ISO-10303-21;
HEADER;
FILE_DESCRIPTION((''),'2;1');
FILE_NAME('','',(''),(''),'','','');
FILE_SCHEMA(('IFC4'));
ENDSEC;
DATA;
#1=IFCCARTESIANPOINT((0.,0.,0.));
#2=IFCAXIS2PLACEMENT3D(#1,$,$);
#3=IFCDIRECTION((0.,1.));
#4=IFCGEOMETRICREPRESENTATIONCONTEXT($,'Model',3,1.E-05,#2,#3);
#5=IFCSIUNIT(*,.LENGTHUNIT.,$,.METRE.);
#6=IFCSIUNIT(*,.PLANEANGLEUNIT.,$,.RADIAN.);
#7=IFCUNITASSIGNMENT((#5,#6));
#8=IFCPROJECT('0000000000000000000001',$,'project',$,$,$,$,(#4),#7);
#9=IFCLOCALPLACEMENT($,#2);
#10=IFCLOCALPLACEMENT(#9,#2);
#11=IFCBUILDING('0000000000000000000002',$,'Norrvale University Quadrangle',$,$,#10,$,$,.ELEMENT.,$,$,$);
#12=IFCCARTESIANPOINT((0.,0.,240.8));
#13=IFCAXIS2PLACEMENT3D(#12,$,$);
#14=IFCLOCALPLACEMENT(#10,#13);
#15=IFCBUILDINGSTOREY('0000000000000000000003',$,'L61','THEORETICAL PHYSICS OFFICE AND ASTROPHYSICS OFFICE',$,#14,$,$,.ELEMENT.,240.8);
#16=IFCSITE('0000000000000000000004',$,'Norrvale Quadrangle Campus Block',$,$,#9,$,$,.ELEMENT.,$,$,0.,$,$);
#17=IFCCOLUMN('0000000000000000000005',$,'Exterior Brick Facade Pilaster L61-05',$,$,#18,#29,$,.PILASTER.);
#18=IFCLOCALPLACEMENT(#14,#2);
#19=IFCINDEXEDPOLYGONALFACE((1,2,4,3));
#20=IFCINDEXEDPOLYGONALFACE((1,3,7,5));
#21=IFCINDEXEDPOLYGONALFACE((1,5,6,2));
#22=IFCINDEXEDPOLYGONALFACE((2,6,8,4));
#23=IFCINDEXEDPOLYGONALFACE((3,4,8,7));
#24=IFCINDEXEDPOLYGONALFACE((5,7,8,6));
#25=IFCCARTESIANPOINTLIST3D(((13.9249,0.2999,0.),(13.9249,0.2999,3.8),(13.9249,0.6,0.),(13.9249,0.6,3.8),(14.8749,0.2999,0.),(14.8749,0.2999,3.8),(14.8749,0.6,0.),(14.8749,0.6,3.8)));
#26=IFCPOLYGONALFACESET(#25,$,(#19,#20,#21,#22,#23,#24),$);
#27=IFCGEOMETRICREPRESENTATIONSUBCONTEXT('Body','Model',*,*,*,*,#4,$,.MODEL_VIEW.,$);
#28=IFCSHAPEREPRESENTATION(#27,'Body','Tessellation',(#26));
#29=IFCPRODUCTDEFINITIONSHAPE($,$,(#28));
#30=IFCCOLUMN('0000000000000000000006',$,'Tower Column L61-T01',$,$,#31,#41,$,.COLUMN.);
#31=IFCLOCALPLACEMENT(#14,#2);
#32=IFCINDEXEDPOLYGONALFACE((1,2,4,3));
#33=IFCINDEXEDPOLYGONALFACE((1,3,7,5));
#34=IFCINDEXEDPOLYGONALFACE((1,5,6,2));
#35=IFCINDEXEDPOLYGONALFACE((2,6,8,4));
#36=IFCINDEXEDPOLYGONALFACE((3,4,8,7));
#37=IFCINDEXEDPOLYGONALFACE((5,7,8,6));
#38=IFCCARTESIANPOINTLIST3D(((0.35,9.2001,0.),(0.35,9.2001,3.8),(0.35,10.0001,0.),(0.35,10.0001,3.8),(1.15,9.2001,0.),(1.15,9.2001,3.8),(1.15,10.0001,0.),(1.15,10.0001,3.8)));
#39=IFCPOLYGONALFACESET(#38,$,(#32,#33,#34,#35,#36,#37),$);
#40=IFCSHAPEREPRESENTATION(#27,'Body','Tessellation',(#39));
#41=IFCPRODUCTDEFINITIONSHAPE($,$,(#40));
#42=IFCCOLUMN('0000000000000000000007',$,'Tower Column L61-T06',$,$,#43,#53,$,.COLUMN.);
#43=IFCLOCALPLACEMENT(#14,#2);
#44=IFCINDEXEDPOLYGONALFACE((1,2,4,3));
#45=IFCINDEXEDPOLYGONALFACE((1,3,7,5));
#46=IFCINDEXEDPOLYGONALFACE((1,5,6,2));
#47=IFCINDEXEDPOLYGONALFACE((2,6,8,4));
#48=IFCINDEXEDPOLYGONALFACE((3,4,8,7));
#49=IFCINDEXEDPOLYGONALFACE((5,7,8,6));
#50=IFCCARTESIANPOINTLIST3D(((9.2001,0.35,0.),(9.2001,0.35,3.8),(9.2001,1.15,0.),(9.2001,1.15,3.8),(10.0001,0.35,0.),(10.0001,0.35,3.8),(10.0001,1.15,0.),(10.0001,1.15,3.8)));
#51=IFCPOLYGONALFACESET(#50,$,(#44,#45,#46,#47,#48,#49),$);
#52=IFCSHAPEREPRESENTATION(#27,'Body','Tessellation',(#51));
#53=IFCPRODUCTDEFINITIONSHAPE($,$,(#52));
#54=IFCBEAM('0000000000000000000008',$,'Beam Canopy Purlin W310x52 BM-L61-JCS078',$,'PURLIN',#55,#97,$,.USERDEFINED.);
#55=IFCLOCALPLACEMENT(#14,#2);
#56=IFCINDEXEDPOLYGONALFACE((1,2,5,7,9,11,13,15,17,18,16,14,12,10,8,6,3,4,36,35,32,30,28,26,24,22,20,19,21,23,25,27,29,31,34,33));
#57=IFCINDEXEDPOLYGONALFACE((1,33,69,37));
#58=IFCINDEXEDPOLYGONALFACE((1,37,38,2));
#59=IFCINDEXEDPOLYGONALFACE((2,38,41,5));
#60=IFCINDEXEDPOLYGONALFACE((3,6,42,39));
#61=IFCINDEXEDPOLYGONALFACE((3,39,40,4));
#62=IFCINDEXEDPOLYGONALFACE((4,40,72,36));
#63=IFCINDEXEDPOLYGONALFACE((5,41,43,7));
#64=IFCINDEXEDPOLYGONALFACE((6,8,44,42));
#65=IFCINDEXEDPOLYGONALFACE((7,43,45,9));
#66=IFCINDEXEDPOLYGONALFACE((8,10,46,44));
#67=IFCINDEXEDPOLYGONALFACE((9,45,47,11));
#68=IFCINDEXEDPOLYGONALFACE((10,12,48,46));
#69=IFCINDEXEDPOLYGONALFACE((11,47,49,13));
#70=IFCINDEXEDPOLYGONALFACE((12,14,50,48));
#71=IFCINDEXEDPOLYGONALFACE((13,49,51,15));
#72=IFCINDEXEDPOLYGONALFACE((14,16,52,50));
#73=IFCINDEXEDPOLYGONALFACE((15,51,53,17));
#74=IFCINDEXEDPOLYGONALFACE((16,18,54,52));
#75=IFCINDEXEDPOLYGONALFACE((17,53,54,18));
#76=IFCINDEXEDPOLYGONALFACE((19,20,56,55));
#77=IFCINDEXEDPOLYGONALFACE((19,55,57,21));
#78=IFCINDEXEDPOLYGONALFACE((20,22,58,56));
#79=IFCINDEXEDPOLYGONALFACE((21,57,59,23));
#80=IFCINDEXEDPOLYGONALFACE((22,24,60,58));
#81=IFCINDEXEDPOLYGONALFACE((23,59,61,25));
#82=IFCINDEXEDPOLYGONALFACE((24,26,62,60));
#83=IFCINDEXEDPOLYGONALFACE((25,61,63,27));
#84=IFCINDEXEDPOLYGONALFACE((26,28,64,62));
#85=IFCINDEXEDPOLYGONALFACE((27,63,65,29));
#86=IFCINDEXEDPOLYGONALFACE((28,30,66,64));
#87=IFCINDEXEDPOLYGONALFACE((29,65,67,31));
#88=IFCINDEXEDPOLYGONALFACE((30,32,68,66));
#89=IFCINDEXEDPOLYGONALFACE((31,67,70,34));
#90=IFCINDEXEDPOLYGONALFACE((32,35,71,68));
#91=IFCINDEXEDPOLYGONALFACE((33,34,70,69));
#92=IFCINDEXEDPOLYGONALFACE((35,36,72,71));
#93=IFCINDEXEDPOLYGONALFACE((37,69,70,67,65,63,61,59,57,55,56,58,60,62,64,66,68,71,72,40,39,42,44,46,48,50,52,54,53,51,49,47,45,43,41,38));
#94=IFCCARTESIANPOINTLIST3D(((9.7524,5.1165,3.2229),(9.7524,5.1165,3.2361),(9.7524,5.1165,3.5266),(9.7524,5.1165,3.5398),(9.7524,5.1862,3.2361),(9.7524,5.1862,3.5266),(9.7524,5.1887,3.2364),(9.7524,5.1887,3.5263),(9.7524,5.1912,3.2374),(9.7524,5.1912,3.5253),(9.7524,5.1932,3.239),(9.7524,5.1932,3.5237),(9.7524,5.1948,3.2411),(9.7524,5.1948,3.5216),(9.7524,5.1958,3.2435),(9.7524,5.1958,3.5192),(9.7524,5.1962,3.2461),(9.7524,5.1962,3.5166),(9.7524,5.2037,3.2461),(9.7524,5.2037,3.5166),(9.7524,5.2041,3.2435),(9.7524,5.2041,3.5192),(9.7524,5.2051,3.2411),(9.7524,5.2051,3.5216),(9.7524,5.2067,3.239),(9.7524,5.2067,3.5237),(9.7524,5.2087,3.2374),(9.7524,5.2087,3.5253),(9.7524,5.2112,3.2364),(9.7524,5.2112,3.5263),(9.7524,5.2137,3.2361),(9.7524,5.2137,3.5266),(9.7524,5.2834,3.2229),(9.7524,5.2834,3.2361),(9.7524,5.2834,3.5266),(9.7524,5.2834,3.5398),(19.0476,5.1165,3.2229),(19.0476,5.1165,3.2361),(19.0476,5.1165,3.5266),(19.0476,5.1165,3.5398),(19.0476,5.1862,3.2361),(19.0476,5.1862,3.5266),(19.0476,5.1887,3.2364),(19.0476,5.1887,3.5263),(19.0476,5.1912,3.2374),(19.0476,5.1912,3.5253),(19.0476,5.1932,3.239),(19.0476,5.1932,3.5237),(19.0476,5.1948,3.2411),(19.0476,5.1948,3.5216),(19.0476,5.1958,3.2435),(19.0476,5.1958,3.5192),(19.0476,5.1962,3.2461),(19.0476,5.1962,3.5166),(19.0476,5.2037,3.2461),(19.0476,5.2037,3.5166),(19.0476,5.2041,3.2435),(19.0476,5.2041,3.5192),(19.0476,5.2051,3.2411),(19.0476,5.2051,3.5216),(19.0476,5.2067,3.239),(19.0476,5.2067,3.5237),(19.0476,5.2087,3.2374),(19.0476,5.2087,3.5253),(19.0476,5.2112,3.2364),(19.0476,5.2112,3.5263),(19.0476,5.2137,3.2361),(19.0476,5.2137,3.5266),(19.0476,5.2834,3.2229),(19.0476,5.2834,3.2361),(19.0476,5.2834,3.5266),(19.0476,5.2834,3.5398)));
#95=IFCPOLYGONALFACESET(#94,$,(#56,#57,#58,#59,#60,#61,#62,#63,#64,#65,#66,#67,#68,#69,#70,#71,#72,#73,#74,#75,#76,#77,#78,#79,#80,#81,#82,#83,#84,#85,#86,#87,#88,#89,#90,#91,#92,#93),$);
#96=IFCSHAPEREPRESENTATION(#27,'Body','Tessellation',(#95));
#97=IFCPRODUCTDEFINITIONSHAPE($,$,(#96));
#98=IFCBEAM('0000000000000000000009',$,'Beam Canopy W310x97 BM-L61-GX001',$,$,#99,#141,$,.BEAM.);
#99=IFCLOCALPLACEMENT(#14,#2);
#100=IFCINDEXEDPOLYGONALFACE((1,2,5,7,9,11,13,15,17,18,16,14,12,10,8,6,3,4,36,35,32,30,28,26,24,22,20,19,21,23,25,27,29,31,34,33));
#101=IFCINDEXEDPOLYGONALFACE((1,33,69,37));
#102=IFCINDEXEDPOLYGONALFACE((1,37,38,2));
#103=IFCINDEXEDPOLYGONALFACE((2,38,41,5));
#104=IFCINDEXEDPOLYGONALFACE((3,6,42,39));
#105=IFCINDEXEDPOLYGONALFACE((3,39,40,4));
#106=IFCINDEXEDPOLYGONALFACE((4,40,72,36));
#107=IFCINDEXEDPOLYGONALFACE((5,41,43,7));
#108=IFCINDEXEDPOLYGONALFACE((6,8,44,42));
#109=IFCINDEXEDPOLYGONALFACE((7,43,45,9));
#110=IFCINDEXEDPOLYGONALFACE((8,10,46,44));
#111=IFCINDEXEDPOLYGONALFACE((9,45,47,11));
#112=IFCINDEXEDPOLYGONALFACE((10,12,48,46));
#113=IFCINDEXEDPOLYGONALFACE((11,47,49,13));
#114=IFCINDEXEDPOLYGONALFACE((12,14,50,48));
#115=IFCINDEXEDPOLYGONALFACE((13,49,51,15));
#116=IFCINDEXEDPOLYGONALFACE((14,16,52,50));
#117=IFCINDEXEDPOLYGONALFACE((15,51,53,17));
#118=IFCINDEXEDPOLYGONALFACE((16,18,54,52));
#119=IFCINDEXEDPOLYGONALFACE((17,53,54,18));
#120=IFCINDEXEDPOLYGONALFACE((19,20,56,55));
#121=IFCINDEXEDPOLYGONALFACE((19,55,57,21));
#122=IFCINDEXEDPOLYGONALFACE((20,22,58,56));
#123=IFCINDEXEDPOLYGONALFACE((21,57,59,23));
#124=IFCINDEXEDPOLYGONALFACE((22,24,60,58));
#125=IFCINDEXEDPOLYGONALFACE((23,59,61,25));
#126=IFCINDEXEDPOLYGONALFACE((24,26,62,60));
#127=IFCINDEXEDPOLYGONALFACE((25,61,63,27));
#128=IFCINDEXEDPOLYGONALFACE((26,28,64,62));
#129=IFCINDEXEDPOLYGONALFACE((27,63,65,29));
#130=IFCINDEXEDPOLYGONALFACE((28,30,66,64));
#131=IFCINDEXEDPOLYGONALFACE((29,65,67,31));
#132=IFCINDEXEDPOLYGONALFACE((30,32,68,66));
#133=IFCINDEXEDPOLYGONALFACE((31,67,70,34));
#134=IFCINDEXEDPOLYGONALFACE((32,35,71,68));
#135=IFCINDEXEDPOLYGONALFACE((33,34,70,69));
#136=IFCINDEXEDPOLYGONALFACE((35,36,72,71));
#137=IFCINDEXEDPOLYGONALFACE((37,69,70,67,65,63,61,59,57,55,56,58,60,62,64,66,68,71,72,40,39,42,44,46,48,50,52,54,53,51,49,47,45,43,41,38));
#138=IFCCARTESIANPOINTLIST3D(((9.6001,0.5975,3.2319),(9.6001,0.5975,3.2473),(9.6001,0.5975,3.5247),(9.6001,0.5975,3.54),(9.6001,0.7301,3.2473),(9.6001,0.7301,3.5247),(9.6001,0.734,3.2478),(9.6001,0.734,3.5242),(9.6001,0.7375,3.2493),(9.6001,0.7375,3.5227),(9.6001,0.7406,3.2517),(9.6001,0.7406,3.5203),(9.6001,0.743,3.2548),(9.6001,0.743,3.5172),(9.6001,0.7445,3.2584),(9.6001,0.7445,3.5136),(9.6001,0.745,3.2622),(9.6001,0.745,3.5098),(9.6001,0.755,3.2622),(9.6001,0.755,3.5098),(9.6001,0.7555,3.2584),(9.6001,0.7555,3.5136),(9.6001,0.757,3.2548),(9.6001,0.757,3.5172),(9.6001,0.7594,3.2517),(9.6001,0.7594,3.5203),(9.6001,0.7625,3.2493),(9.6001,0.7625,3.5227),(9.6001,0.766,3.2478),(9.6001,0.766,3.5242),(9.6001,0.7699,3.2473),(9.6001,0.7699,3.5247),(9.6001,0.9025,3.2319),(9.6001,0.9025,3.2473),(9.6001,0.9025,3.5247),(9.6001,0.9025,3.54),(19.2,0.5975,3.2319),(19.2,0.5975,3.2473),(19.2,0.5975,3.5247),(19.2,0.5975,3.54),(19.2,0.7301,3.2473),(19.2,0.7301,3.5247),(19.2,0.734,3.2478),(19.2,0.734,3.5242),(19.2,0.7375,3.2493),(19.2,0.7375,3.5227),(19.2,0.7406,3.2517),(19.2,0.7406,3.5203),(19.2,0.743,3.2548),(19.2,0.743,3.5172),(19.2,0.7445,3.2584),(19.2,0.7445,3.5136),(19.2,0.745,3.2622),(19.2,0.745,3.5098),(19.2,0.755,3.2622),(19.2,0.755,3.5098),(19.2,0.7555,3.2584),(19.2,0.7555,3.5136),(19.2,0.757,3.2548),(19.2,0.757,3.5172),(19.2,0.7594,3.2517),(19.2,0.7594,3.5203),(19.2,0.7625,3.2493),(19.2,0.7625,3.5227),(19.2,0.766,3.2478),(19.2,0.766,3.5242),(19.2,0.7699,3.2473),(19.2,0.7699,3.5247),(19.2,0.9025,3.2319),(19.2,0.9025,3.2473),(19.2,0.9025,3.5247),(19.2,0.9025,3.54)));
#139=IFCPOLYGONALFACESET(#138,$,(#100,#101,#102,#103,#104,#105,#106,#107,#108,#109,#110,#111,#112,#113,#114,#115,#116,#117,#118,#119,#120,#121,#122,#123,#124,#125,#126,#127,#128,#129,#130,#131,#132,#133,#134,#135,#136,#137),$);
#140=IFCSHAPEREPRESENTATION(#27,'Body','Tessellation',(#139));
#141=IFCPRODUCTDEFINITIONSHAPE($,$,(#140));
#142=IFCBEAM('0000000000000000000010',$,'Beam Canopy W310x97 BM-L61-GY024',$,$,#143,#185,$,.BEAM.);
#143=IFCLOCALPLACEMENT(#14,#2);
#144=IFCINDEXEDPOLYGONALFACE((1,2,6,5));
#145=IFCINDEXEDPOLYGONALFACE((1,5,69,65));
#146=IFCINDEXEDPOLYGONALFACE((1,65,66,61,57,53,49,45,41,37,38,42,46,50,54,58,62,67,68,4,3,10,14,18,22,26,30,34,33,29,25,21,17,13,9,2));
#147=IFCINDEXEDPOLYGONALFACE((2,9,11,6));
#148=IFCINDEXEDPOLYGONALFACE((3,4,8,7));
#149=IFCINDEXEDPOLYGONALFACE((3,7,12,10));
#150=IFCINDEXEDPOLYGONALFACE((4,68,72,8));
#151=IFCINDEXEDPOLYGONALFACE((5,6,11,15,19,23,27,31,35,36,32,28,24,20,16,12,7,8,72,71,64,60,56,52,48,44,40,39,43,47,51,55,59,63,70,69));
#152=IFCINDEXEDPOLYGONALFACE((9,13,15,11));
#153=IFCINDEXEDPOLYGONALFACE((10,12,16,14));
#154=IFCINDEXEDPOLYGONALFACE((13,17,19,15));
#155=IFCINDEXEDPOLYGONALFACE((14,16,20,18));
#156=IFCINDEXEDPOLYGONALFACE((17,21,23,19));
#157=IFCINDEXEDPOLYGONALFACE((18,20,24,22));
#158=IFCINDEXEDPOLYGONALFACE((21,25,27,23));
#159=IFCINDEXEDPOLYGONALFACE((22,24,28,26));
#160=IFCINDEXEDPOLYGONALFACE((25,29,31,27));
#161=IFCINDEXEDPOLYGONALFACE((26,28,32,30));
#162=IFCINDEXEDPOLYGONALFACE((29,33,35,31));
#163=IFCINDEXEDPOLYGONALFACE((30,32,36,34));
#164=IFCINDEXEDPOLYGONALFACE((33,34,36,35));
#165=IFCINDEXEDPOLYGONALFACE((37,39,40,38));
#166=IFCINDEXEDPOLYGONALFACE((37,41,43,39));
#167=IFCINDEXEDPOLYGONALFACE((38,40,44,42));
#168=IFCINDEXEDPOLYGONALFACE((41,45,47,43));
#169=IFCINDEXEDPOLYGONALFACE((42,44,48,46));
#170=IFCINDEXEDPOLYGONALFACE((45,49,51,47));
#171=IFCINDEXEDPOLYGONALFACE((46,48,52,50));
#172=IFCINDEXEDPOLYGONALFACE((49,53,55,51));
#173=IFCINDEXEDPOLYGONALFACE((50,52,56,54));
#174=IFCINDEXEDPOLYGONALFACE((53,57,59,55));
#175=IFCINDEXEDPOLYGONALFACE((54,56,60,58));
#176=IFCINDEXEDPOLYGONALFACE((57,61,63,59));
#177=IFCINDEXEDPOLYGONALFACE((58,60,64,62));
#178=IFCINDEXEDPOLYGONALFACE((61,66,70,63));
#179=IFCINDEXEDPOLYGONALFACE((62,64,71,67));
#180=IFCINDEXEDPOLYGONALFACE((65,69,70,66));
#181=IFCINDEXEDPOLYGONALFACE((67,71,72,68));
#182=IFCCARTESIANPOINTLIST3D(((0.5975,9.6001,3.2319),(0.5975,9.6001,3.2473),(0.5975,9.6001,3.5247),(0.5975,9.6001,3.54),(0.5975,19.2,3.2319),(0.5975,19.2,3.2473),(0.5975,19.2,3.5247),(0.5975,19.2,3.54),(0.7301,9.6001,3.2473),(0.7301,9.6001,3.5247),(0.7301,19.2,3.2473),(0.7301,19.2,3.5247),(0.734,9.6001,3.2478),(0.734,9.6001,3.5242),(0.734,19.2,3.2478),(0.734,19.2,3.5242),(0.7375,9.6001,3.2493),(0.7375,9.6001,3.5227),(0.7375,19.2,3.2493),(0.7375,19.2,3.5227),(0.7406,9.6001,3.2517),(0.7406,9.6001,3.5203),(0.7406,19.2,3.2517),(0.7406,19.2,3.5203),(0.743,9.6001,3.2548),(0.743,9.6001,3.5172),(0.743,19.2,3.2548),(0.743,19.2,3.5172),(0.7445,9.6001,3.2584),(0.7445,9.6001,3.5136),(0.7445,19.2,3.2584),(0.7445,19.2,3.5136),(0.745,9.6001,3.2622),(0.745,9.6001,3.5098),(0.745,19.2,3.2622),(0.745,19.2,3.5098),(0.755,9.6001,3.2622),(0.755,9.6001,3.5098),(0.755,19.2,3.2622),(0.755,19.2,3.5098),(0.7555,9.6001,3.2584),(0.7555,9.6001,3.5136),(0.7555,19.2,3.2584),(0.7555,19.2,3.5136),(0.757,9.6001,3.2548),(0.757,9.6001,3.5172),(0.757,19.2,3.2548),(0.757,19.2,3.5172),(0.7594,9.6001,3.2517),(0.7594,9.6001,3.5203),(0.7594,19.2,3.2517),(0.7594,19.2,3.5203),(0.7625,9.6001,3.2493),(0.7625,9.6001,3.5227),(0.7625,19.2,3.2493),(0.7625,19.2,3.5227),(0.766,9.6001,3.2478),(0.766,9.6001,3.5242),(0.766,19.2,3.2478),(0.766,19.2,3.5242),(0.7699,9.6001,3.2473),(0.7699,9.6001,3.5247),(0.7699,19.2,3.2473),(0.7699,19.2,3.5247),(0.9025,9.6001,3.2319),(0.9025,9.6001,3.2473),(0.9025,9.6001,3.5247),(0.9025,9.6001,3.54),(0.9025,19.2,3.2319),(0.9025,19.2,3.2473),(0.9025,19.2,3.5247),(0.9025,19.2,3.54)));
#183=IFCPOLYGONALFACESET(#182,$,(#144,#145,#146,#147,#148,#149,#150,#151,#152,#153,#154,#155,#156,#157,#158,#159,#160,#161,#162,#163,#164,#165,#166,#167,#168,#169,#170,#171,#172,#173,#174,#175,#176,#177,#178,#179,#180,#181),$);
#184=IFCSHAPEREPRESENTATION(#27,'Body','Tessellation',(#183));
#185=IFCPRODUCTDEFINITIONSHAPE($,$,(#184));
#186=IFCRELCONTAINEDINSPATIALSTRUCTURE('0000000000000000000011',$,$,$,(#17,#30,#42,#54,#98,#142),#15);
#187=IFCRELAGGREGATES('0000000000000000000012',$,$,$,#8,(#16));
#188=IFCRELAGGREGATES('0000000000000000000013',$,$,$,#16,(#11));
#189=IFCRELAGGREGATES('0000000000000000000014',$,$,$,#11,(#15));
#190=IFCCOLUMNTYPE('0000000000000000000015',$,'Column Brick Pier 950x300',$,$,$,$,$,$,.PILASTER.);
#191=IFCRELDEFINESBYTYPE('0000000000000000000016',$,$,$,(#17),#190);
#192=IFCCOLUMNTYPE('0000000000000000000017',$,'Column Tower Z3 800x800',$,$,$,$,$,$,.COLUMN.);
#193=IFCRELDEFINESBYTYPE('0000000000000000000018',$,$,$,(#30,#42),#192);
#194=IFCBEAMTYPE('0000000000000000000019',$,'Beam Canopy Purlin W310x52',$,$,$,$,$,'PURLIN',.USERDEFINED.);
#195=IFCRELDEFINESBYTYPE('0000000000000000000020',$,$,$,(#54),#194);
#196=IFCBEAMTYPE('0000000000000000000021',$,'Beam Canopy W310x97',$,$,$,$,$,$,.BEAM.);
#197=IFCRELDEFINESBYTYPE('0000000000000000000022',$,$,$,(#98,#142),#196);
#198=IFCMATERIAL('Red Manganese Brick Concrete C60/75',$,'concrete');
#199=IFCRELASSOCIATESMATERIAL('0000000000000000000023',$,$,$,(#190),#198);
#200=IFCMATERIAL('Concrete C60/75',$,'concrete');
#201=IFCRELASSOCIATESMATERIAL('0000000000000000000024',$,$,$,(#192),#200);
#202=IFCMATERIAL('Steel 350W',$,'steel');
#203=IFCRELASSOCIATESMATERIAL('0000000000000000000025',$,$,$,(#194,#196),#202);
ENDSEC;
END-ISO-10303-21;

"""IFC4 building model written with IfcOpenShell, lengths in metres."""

from ifc_helpers import new_model, si_unit, direction, frame, origin, origin_2d, place, context, subcontext, project, spatial, rectangle, i_section, extrude, material, material_profile, profile_set, type_object, element, save


model = new_model("IFC4")

# Units and contexts
model_context = context("Model", 3, precision=1e-05, world=origin(), true_north=direction((0.0, 1.0)))
body_context = subcontext(model_context, "Body", "Model", "MODEL_VIEW")
ifc_project = project(units=[si_unit("LENGTHUNIT", "METRE"), si_unit("PLANEANGLEUNIT", "RADIAN")], contexts=[model_context])

# Site, building, storey
site_placement = place(None, origin())
site = spatial("IfcSite", under=ifc_project, at=site_placement, Name="Norrvale Quadrangle Campus Block", CompositionType="ELEMENT", RefElevation=0.0)
building_placement = place(site_placement, origin())
building = spatial("IfcBuilding", under=site, at=building_placement, Name="Norrvale University Quadrangle", CompositionType="ELEMENT")
storey_placement = place(building_placement, frame((0.0, 0.0, 240.8)))
storey = spatial("IfcBuildingStorey", under=building, at=storey_placement, Name="L61", Description="THEORETICAL PHYSICS OFFICE AND ASTROPHYSICS OFFICE", CompositionType="ELEMENT", Elevation=240.8)

# Columns
ifc_material_1 = material(Name="Red Manganese Brick Concrete C60/75", Category="concrete")
ifc_material_profile_1 = material_profile(ifc_material_1, rectangle(XDim=0.95, YDim=0.3, at=origin_2d()), Name="Red Manganese Brick Concrete C60/75")
ifc_profile_set_1 = profile_set([ifc_material_profile_1], Name="Red Manganese Brick Concrete C60/75")
column_type_1 = type_object("IfcColumnType", Name="Column Brick Pier 950x300", PredefinedType="PILASTER", material=ifc_profile_set_1)
column_placement = place(storey_placement, frame((14.3999, 0.45, 0.0), z_axis=(0.0, 0.0, 1.0), x_axis=(1.0, 0.0, 0.0)))
element("IfcColumn", 1, at=column_placement, inside=storey, type_object=column_type_1, Name="Exterior Brick Facade Pilaster L61-05", PredefinedType="PILASTER", context=body_context, shape_type="SweptSolid", body=[
    extrude(rectangle(XDim=0.95, YDim=0.3, at=origin_2d()), origin(), (0.0, 0.0, 1.0), 3.8),
])
ifc_material_2 = material(Name="Concrete C60/75", Category="concrete")
ifc_material_profile_2 = material_profile(ifc_material_2, rectangle(XDim=0.8, YDim=0.8, at=origin_2d()), Name="Concrete C60/75")
ifc_profile_set_2 = profile_set([ifc_material_profile_2], Name="Concrete C60/75")
column_type_2 = type_object("IfcColumnType", Name="Column Tower Z3 800x800", PredefinedType="COLUMN", material=ifc_profile_set_2)
for number, where, z_axis, x_axis, name in (
    (2, (0.75, 9.6001, 0.0), (0.0, 0.0, 1.0), (1.0, 0.0, 0.0), "Tower Column L61-T01"),
    (3, (9.6001, 0.75, 0.0), (0.0, 0.0, 1.0), (1.0, 0.0, 0.0), "Tower Column L61-T06"),
):
    element("IfcColumn", number, at=place(storey_placement, frame(where, z_axis=z_axis, x_axis=x_axis)), inside=storey, type_object=column_type_2, Name=name, PredefinedType="COLUMN", context=body_context, shape_type="SweptSolid", body=[
        extrude(rectangle(XDim=0.8, YDim=0.8, at=origin_2d()), origin(), (0.0, 0.0, 1.0), 3.8),
    ])

# Beams
ifc_material_3 = material(Name="Steel 350W", Category="steel")
ifc_material_profile_3 = material_profile(ifc_material_3, i_section(OverallWidth=0.167, OverallDepth=0.3169, WebThickness=0.0076, FlangeThickness=0.0132, FilletRadius=0.01, at=origin_2d()), Name="Steel 350W")
ifc_profile_set_3 = profile_set([ifc_material_profile_3], Name="Steel 350W")
beam_type_1 = type_object("IfcBeamType", Name="Beam Canopy Purlin W310x52", ElementType="PURLIN", PredefinedType="USERDEFINED", material=ifc_profile_set_3)
beam_1_placement = place(storey_placement, frame((9.7524, 5.2, 3.3813), z_axis=(1.0, 0.0, 0.0), x_axis=(0.0, 1.0, 0.0)))
element("IfcBeam", 4, at=beam_1_placement, inside=storey, type_object=beam_type_1, Name="Beam Canopy Purlin W310x52 BM-L61-JCS078", ObjectType="PURLIN", PredefinedType="USERDEFINED", context=body_context, shape_type="SweptSolid", body=[
    extrude(i_section(OverallWidth=0.167, OverallDepth=0.3169, WebThickness=0.0076, FlangeThickness=0.0132, FilletRadius=0.01, at=origin_2d()), origin(), (0.0, 0.0, 1.0), 9.2952),
])
ifc_material_profile_4 = material_profile(ifc_material_3, i_section(OverallWidth=0.3049, OverallDepth=0.3081, WebThickness=0.01, FlangeThickness=0.0154, FilletRadius=0.0149, at=origin_2d()), Name="Steel 350W")
ifc_profile_set_4 = profile_set([ifc_material_profile_4], Name="Steel 350W")
beam_type_2 = type_object("IfcBeamType", Name="Beam Canopy W310x97", PredefinedType="BEAM", material=ifc_profile_set_4)
for number, where, z_axis, x_axis, name in (
    (5, (9.6001, 0.75, 3.386), (1.0, 0.0, 0.0), (0.0, 1.0, 0.0), "Beam Canopy W310x97 BM-L61-GX001"),
    (6, (0.75, 9.6001, 3.386), (0.0, 1.0, 0.0), (-1.0, 0.0, 0.0), "Beam Canopy W310x97 BM-L61-GY024"),
):
    element("IfcBeam", number, at=place(storey_placement, frame(where, z_axis=z_axis, x_axis=x_axis)), inside=storey, type_object=beam_type_2, Name=name, PredefinedType="BEAM", context=body_context, shape_type="SweptSolid", body=[
        extrude(i_section(OverallWidth=0.3049, OverallDepth=0.3081, WebThickness=0.01, FlangeThickness=0.0154, FilletRadius=0.0149, at=origin_2d()), origin(), (0.0, 0.0, 1.0), 9.5999),
    ])

save(model, "model.ifc")
